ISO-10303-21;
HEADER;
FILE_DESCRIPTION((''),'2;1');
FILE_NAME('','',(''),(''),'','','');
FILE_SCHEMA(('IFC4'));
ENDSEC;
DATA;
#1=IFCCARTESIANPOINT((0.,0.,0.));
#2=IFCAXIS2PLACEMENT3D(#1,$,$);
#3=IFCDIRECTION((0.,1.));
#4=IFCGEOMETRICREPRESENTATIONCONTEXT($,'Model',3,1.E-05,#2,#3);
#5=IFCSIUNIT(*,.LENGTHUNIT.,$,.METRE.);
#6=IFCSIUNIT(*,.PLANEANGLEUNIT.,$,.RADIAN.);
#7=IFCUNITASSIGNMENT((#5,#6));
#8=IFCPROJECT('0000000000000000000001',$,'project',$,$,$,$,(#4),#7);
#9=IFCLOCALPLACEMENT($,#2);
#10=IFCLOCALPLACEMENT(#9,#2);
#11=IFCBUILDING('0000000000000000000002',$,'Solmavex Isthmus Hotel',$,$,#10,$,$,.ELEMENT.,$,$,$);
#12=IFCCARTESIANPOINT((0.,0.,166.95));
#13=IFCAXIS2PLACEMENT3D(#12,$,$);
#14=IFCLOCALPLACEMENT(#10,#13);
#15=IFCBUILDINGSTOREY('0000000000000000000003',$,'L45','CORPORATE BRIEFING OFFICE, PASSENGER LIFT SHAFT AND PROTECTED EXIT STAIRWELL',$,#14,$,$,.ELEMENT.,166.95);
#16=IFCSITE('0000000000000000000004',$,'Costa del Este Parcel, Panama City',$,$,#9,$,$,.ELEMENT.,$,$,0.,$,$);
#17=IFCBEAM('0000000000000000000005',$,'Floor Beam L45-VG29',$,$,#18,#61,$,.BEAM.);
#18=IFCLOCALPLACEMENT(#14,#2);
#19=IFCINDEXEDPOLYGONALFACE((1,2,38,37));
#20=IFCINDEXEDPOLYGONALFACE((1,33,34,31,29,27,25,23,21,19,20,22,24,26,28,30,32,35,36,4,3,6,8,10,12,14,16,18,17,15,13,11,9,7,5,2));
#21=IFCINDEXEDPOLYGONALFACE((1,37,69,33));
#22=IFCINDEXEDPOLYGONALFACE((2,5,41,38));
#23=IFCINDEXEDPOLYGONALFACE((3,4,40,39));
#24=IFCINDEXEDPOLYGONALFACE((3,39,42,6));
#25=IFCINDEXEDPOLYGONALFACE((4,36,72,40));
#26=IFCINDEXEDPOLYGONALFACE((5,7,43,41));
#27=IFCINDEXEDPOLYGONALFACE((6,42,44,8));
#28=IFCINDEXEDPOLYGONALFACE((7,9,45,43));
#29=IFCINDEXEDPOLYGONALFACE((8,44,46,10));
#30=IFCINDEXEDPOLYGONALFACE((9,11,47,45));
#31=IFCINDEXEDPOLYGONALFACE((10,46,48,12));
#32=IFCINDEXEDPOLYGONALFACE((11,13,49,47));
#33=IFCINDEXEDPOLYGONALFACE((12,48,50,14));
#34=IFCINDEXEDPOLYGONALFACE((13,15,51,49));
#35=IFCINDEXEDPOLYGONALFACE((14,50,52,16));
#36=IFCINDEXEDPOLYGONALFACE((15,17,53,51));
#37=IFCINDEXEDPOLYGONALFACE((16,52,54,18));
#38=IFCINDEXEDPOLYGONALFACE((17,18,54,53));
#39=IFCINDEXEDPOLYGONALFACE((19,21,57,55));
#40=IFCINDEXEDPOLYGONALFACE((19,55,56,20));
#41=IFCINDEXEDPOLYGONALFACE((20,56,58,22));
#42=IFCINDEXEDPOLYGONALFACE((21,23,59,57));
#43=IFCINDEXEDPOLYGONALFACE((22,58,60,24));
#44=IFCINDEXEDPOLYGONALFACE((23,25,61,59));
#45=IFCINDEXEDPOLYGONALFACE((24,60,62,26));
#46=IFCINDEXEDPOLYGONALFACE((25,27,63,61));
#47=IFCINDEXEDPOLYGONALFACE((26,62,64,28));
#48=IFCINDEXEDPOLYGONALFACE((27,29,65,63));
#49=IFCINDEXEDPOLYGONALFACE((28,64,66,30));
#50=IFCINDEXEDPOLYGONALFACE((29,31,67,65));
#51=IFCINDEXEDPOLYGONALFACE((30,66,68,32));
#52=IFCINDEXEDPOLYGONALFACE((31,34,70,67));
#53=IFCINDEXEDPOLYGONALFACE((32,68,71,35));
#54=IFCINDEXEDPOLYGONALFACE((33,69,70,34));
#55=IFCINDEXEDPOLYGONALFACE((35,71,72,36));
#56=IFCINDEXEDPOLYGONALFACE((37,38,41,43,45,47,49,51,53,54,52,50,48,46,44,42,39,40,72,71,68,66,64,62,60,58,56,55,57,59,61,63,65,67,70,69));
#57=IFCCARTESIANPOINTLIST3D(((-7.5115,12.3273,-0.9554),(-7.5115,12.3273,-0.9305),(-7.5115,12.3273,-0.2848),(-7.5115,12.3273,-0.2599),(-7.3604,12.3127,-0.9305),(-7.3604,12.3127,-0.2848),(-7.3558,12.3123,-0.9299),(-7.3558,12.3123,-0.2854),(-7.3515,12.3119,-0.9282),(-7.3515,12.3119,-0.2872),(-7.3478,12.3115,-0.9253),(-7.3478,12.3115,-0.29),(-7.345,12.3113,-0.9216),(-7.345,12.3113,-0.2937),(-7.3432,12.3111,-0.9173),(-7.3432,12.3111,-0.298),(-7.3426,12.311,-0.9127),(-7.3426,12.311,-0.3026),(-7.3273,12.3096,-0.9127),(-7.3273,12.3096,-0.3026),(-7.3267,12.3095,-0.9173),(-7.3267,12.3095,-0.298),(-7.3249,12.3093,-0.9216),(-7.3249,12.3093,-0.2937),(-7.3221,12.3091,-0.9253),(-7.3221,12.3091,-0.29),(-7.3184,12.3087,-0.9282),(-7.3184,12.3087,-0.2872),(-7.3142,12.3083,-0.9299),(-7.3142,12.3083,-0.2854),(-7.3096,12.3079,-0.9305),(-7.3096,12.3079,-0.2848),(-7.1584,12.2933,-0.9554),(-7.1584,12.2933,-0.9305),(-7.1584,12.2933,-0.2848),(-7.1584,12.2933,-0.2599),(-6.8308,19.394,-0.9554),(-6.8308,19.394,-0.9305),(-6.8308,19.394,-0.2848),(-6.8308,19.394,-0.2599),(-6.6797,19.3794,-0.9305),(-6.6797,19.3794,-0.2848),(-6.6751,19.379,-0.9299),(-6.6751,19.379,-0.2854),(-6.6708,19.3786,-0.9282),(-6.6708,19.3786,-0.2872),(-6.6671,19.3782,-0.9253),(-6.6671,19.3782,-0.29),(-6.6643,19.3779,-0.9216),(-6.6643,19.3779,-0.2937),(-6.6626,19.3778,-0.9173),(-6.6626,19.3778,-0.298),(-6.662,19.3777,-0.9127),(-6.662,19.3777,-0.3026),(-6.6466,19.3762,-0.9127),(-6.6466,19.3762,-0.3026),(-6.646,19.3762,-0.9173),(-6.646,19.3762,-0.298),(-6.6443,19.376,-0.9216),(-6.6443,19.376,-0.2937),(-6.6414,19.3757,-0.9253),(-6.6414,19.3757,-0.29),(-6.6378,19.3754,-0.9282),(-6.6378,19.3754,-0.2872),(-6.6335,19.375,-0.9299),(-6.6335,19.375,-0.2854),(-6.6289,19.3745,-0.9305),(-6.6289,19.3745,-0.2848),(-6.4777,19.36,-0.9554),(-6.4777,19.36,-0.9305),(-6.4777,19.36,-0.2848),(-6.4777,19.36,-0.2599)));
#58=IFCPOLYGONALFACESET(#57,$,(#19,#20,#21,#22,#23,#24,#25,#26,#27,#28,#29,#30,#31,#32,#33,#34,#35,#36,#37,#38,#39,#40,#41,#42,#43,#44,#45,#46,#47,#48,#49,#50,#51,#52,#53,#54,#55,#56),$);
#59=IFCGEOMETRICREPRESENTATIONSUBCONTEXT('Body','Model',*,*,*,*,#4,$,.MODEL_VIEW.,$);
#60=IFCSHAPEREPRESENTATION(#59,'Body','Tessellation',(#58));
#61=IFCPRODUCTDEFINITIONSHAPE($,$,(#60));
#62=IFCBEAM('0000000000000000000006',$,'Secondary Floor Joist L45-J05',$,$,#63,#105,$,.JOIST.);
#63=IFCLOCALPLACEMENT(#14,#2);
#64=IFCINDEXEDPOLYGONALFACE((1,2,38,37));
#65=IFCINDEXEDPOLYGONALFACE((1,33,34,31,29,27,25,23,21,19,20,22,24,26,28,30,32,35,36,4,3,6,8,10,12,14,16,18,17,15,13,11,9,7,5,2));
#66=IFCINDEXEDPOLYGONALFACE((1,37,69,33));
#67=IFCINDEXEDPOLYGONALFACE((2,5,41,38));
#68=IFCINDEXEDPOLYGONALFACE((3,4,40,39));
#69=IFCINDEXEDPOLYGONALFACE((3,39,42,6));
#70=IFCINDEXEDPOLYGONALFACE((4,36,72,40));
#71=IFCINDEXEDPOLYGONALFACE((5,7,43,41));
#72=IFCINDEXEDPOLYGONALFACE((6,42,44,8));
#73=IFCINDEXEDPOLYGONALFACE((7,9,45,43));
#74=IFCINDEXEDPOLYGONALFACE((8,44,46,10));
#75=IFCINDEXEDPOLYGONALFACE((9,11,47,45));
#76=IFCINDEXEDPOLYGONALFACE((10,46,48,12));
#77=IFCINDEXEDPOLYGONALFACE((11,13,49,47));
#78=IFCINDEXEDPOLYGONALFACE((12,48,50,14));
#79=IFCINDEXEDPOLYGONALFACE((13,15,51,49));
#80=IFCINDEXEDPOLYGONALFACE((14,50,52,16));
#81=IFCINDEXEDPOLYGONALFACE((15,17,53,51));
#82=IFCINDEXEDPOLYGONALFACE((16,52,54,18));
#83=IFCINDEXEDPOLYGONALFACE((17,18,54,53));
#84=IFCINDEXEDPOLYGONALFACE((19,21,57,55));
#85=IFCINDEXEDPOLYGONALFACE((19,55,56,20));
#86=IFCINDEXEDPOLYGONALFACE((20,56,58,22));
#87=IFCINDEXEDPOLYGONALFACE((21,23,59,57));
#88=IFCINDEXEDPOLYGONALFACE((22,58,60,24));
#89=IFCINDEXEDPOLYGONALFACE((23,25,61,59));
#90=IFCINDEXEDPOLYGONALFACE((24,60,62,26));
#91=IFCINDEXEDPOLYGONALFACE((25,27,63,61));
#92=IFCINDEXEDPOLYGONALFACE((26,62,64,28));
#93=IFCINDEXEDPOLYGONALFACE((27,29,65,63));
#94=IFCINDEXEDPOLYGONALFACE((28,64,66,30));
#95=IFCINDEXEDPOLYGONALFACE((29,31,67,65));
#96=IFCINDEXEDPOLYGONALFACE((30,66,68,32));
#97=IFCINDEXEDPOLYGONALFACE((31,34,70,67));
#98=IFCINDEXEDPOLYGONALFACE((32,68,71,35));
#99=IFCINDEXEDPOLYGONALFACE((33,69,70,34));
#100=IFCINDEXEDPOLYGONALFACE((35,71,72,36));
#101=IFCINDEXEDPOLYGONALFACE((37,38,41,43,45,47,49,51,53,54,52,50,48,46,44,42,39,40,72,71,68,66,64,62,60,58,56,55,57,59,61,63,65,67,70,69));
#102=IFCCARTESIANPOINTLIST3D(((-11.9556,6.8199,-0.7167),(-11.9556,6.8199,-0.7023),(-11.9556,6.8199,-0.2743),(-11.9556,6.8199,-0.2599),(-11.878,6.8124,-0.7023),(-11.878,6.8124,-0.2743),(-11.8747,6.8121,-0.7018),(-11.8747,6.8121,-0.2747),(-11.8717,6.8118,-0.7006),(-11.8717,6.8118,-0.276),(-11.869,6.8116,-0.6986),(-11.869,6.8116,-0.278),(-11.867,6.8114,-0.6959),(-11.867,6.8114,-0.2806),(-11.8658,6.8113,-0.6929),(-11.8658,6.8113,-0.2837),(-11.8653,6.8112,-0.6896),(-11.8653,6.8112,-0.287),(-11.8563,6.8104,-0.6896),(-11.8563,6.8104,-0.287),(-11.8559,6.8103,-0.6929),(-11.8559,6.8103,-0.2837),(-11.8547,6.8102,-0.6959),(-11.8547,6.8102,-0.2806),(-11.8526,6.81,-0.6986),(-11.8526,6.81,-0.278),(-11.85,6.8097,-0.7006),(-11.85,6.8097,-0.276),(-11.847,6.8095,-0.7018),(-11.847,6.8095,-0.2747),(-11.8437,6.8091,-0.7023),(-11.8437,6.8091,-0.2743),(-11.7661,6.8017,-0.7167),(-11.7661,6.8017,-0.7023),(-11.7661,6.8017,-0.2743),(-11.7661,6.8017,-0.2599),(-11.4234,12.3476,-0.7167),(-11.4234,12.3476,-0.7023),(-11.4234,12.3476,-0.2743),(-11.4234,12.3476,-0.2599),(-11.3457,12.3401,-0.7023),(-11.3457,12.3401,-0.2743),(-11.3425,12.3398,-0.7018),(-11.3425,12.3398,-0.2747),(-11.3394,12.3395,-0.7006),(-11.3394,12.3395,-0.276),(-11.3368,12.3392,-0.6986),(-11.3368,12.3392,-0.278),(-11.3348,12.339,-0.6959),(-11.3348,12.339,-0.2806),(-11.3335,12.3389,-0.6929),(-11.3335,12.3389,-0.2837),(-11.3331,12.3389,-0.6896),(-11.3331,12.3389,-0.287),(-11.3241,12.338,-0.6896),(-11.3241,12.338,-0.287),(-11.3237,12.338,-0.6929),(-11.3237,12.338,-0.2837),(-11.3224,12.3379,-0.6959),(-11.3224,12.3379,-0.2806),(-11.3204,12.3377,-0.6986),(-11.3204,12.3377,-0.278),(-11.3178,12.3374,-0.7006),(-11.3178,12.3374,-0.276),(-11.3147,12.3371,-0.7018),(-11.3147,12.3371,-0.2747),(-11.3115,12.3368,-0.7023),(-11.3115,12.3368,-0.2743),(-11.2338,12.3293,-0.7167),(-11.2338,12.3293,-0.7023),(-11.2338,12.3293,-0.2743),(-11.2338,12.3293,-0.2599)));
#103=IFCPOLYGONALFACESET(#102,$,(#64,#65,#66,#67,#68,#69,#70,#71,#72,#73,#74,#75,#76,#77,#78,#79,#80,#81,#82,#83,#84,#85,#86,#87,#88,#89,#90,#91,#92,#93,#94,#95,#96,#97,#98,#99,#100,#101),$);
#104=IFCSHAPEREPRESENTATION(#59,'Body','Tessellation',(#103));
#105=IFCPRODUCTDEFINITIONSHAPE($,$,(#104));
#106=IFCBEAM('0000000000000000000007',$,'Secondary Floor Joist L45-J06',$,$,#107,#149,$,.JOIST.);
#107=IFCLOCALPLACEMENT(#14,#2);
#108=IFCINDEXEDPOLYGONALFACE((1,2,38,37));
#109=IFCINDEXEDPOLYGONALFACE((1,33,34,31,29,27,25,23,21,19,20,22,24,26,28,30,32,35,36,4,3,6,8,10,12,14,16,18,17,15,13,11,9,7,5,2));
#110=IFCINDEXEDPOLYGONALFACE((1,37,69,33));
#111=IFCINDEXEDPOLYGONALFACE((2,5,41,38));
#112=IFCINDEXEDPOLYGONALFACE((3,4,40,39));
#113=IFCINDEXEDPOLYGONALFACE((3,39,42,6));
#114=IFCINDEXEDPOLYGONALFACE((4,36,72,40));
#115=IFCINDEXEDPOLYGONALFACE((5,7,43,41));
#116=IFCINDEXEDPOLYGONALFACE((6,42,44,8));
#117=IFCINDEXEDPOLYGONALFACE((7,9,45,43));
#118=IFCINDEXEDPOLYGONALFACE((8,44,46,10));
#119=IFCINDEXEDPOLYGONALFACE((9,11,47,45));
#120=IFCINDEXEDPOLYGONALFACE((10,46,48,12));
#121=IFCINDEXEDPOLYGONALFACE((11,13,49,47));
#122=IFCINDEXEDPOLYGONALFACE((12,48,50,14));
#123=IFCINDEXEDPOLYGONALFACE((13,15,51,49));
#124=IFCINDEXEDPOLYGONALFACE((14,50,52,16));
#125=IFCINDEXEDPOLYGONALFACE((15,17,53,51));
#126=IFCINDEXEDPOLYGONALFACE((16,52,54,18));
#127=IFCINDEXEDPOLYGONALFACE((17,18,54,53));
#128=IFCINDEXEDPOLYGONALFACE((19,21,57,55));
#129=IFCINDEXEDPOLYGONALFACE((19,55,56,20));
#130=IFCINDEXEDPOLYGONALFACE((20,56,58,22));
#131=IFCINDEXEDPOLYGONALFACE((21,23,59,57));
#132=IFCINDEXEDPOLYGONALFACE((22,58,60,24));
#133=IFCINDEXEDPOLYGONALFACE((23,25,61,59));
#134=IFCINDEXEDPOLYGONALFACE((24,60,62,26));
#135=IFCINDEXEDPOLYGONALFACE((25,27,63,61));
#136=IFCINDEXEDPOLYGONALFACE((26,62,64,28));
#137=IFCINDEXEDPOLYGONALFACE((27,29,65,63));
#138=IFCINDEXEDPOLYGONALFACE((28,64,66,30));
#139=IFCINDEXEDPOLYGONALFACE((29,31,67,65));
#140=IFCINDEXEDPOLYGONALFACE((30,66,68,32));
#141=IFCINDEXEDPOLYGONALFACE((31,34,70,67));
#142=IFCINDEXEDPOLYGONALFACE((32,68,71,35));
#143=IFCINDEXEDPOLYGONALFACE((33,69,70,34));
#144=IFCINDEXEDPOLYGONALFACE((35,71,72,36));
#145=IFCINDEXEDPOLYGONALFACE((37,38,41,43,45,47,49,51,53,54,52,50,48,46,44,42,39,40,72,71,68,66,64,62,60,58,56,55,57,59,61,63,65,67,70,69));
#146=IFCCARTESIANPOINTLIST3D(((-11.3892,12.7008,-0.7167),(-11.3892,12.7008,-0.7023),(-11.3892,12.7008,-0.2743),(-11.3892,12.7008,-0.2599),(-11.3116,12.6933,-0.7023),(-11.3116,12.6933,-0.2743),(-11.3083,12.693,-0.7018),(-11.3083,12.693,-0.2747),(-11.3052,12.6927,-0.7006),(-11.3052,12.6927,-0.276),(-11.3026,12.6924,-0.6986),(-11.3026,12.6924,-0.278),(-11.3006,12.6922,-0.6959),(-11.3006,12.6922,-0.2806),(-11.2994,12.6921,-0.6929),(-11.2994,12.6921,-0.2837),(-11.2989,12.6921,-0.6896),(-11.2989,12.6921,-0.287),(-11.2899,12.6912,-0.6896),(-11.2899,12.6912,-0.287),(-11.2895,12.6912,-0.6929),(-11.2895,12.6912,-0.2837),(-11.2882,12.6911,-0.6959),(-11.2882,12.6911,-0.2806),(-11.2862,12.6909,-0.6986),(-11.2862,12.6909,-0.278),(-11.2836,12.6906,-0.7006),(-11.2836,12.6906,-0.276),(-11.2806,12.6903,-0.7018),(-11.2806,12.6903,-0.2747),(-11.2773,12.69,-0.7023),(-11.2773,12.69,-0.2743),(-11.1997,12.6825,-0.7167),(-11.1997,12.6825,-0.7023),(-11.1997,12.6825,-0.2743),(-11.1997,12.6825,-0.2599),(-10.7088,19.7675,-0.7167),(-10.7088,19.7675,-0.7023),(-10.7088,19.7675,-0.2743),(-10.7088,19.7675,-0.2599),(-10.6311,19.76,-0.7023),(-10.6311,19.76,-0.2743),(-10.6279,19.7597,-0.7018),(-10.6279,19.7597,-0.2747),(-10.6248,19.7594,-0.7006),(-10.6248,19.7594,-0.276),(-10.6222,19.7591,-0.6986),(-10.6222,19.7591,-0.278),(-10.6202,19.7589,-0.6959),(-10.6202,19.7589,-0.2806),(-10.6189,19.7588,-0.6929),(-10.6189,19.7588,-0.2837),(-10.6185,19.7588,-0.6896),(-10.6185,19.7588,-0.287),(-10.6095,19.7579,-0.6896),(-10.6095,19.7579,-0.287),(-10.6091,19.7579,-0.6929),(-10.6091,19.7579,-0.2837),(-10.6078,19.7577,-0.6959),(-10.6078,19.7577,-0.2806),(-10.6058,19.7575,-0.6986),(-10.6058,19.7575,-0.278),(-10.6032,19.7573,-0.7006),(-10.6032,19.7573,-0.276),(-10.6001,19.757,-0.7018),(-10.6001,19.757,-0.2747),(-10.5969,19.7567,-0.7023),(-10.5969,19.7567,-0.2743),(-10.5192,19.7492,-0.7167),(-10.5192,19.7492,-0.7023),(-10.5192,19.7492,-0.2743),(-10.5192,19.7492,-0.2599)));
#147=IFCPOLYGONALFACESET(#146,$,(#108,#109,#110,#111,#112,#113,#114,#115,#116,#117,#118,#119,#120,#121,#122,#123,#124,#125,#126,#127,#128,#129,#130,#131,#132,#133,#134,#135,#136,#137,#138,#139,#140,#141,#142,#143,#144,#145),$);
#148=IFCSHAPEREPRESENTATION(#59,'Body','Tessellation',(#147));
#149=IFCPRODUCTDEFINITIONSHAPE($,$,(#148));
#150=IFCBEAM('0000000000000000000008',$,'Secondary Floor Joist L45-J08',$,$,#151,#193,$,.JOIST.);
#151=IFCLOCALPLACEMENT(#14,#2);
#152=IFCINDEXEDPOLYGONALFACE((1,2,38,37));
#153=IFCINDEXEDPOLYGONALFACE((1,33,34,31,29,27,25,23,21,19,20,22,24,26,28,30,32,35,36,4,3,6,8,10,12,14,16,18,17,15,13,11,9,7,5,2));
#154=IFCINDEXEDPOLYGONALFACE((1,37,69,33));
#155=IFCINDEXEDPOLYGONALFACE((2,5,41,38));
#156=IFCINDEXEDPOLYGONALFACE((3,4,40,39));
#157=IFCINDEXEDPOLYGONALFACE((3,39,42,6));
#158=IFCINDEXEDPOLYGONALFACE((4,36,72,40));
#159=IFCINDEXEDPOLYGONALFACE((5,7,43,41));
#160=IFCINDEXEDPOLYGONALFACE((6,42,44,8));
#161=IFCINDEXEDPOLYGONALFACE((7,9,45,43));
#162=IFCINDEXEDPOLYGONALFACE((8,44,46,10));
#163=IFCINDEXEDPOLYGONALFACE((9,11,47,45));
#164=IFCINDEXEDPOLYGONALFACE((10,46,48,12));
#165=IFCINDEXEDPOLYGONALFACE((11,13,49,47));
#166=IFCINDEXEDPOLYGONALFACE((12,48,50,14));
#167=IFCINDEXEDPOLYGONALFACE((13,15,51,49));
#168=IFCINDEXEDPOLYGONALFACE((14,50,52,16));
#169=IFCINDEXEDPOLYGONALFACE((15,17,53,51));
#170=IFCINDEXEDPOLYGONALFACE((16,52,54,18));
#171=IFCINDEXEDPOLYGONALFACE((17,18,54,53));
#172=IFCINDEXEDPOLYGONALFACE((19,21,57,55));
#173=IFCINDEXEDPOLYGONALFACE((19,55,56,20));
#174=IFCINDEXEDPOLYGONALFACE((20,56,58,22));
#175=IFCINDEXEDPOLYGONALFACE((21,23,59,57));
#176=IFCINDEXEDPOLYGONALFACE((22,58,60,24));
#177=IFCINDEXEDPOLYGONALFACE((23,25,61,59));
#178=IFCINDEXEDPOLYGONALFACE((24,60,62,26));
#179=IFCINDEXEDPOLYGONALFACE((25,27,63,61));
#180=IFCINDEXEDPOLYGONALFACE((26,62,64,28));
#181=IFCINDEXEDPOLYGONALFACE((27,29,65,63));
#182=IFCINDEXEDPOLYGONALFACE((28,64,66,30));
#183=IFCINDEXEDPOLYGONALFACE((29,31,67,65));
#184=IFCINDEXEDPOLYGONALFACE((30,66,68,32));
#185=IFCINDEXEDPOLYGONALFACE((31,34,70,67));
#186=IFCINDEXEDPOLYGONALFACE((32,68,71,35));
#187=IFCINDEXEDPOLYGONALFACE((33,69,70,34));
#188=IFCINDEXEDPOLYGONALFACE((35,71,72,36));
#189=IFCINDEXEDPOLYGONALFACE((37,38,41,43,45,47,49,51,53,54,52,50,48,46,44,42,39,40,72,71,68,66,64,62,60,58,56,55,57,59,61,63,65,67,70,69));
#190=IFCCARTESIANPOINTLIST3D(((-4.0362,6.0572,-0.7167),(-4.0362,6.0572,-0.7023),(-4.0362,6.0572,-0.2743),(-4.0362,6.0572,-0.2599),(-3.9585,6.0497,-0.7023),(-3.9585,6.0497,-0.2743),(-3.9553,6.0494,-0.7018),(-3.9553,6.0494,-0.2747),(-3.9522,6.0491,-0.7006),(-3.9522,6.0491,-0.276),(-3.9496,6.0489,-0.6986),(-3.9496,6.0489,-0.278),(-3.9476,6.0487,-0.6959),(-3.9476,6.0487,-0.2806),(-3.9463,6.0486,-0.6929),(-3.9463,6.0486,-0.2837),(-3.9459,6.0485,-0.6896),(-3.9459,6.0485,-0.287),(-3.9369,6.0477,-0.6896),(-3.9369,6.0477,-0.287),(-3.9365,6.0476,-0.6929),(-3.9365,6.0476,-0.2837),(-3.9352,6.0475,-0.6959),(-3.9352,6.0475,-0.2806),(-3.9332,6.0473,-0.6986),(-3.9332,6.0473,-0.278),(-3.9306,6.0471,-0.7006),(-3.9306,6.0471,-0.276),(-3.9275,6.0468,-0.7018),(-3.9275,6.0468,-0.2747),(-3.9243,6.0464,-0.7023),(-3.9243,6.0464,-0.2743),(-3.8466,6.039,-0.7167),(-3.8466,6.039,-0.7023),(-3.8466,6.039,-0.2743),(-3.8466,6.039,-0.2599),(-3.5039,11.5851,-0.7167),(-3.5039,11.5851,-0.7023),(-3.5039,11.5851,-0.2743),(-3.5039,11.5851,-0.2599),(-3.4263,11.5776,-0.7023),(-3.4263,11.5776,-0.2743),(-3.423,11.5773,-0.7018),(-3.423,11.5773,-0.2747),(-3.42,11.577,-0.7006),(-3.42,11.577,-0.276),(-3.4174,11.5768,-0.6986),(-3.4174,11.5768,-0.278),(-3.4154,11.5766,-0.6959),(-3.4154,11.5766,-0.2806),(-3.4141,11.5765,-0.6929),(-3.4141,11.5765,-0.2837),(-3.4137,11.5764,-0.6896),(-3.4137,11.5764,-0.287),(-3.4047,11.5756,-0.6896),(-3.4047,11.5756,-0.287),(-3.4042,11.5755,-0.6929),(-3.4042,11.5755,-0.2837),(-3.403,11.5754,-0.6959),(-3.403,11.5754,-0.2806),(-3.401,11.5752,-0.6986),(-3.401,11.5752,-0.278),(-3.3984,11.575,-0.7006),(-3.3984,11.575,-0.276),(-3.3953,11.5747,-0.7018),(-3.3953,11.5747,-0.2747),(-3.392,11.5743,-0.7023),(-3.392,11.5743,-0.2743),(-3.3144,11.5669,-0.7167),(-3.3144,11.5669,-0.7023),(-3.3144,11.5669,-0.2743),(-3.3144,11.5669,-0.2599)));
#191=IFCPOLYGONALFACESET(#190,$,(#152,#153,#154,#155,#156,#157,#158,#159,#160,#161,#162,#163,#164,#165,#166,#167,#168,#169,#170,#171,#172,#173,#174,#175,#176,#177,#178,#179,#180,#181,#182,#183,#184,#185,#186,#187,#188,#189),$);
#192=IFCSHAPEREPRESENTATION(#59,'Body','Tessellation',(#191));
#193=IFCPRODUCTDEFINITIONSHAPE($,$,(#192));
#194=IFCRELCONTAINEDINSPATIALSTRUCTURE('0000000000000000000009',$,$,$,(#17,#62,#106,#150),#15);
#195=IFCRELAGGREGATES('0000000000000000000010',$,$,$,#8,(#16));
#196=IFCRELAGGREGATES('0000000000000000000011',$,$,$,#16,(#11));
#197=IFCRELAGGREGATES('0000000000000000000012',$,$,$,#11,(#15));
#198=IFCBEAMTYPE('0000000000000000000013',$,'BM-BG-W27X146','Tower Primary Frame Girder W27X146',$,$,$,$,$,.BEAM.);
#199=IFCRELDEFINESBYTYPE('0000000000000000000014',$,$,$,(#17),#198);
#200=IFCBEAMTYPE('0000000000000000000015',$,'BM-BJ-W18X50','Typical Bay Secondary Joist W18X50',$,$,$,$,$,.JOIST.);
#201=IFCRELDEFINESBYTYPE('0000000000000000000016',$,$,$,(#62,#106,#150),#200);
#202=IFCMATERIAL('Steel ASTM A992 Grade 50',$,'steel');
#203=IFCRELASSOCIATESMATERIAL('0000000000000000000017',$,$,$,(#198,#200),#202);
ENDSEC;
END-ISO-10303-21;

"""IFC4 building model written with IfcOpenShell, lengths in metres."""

from ifc_helpers import new_model, si_unit, direction, frame, origin, origin_2d, place, context, subcontext, project, spatial, i_section, extrude, material, material_profile, profile_set, type_object, element, save


model = new_model("IFC4")

# Units and contexts
model_context = context("Model", 3, precision=1e-05, world=origin(), true_north=direction((0.0, 1.0)))
body_context = subcontext(model_context, "Body", "Model", "MODEL_VIEW")
ifc_project = project(units=[si_unit("LENGTHUNIT", "METRE"), si_unit("PLANEANGLEUNIT", "RADIAN")], contexts=[model_context])

# Site, building, storey
site_placement = place(None, origin())
site = spatial("IfcSite", under=ifc_project, at=site_placement, Name="Costa del Este Parcel, Panama City", CompositionType="ELEMENT", RefElevation=0.0)
building_placement = place(site_placement, origin())
building = spatial("IfcBuilding", under=site, at=building_placement, Name="Solmavex Isthmus Hotel", CompositionType="ELEMENT")
storey_placement = place(building_placement, frame((0.0, 0.0, 166.95)))
storey = spatial("IfcBuildingStorey", under=building, at=storey_placement, Name="L45", Description="CORPORATE BRIEFING OFFICE, PASSENGER LIFT SHAFT AND PROTECTED EXIT STAIRWELL", CompositionType="ELEMENT", Elevation=166.95)

# Beams
ifc_material_1 = material(Name="Steel ASTM A992 Grade 50", Category="steel")
ifc_material_profile_1 = material_profile(ifc_material_1, i_section(OverallWidth=0.3547, OverallDepth=0.6956, WebThickness=0.0154, FlangeThickness=0.0249, FilletRadius=0.0178, at=origin_2d()), Name="W27X146")
ifc_profile_set_1 = profile_set([ifc_material_profile_1], Name="Steel ASTM A992 Grade 50")
beam_type_1 = type_object("IfcBeamType", Name="BM-BG-W27X146", Description="Tower Primary Frame Girder W27X146", PredefinedType="BEAM", material=ifc_profile_set_1)
beam_1_placement = place(storey_placement, frame((-7.335, 12.3103, -0.6077), z_axis=(0.095877, 0.995393, 0.0), x_axis=(-0.995393, 0.095877, 0.0)))
element("IfcBeam", 1, at=beam_1_placement, inside=storey, type_object=beam_type_1, Name="Floor Beam L45-VG29", PredefinedType="BEAM", context=body_context, shape_type="SweptSolid", body=[
    extrude(i_section(OverallWidth=0.3547, OverallDepth=0.6956, WebThickness=0.0154, FlangeThickness=0.0249, FilletRadius=0.0178, at=origin_2d()), origin(), (0.0, 0.0, 1.0), 7.0994),
])
ifc_material_profile_2 = material_profile(ifc_material_1, i_section(OverallWidth=0.1904, OverallDepth=0.4568, WebThickness=0.009, FlangeThickness=0.0144, FilletRadius=0.0127, at=origin_2d()), Name="W18X50")
ifc_profile_set_2 = profile_set([ifc_material_profile_2], Name="Steel ASTM A992 Grade 50")
beam_type_2 = type_object("IfcBeamType", Name="BM-BJ-W18X50", Description="Typical Bay Secondary Joist W18X50", PredefinedType="JOIST", material=ifc_profile_set_2)
beam_2_placement = place(storey_placement, frame((-11.8608, 6.8108, -0.4883), z_axis=(0.095842, 0.995397, 0.0), x_axis=(-0.995397, 0.095842, 0.0)))
element("IfcBeam", 2, at=beam_2_placement, inside=storey, type_object=beam_type_2, Name="Secondary Floor Joist L45-J05", PredefinedType="JOIST", context=body_context, shape_type="SweptSolid", body=[
    extrude(i_section(OverallWidth=0.1904, OverallDepth=0.4568, WebThickness=0.009, FlangeThickness=0.0144, FilletRadius=0.0127, at=origin_2d()), origin(), (0.0, 0.0, 1.0), 5.5532),
])
beam_3_placement = place(storey_placement, frame((-11.2944, 12.6917, -0.4883), z_axis=(0.095843, 0.995396, 0.0), x_axis=(-0.995396, 0.095843, 0.0)))
element("IfcBeam", 3, at=beam_3_placement, inside=storey, type_object=beam_type_2, Name="Secondary Floor Joist L45-J06", PredefinedType="JOIST", context=body_context, shape_type="SweptSolid", body=[
    extrude(i_section(OverallWidth=0.1904, OverallDepth=0.4568, WebThickness=0.009, FlangeThickness=0.0144, FilletRadius=0.0127, at=origin_2d()), origin(), (0.0, 0.0, 1.0), 7.0994),
])
beam_4_placement = place(storey_placement, frame((-3.9414, 6.0481, -0.4883), z_axis=(0.095838, 0.995397, 0.0), x_axis=(-0.995397, 0.095838, 0.0)))
element("IfcBeam", 4, at=beam_4_placement, inside=storey, type_object=beam_type_2, Name="Secondary Floor Joist L45-J08", PredefinedType="JOIST", context=body_context, shape_type="SweptSolid", body=[
    extrude(i_section(OverallWidth=0.1904, OverallDepth=0.4568, WebThickness=0.009, FlangeThickness=0.0144, FilletRadius=0.0127, at=origin_2d()), origin(), (0.0, 0.0, 1.0), 5.5535),
])

save(model, "model.ifc")
